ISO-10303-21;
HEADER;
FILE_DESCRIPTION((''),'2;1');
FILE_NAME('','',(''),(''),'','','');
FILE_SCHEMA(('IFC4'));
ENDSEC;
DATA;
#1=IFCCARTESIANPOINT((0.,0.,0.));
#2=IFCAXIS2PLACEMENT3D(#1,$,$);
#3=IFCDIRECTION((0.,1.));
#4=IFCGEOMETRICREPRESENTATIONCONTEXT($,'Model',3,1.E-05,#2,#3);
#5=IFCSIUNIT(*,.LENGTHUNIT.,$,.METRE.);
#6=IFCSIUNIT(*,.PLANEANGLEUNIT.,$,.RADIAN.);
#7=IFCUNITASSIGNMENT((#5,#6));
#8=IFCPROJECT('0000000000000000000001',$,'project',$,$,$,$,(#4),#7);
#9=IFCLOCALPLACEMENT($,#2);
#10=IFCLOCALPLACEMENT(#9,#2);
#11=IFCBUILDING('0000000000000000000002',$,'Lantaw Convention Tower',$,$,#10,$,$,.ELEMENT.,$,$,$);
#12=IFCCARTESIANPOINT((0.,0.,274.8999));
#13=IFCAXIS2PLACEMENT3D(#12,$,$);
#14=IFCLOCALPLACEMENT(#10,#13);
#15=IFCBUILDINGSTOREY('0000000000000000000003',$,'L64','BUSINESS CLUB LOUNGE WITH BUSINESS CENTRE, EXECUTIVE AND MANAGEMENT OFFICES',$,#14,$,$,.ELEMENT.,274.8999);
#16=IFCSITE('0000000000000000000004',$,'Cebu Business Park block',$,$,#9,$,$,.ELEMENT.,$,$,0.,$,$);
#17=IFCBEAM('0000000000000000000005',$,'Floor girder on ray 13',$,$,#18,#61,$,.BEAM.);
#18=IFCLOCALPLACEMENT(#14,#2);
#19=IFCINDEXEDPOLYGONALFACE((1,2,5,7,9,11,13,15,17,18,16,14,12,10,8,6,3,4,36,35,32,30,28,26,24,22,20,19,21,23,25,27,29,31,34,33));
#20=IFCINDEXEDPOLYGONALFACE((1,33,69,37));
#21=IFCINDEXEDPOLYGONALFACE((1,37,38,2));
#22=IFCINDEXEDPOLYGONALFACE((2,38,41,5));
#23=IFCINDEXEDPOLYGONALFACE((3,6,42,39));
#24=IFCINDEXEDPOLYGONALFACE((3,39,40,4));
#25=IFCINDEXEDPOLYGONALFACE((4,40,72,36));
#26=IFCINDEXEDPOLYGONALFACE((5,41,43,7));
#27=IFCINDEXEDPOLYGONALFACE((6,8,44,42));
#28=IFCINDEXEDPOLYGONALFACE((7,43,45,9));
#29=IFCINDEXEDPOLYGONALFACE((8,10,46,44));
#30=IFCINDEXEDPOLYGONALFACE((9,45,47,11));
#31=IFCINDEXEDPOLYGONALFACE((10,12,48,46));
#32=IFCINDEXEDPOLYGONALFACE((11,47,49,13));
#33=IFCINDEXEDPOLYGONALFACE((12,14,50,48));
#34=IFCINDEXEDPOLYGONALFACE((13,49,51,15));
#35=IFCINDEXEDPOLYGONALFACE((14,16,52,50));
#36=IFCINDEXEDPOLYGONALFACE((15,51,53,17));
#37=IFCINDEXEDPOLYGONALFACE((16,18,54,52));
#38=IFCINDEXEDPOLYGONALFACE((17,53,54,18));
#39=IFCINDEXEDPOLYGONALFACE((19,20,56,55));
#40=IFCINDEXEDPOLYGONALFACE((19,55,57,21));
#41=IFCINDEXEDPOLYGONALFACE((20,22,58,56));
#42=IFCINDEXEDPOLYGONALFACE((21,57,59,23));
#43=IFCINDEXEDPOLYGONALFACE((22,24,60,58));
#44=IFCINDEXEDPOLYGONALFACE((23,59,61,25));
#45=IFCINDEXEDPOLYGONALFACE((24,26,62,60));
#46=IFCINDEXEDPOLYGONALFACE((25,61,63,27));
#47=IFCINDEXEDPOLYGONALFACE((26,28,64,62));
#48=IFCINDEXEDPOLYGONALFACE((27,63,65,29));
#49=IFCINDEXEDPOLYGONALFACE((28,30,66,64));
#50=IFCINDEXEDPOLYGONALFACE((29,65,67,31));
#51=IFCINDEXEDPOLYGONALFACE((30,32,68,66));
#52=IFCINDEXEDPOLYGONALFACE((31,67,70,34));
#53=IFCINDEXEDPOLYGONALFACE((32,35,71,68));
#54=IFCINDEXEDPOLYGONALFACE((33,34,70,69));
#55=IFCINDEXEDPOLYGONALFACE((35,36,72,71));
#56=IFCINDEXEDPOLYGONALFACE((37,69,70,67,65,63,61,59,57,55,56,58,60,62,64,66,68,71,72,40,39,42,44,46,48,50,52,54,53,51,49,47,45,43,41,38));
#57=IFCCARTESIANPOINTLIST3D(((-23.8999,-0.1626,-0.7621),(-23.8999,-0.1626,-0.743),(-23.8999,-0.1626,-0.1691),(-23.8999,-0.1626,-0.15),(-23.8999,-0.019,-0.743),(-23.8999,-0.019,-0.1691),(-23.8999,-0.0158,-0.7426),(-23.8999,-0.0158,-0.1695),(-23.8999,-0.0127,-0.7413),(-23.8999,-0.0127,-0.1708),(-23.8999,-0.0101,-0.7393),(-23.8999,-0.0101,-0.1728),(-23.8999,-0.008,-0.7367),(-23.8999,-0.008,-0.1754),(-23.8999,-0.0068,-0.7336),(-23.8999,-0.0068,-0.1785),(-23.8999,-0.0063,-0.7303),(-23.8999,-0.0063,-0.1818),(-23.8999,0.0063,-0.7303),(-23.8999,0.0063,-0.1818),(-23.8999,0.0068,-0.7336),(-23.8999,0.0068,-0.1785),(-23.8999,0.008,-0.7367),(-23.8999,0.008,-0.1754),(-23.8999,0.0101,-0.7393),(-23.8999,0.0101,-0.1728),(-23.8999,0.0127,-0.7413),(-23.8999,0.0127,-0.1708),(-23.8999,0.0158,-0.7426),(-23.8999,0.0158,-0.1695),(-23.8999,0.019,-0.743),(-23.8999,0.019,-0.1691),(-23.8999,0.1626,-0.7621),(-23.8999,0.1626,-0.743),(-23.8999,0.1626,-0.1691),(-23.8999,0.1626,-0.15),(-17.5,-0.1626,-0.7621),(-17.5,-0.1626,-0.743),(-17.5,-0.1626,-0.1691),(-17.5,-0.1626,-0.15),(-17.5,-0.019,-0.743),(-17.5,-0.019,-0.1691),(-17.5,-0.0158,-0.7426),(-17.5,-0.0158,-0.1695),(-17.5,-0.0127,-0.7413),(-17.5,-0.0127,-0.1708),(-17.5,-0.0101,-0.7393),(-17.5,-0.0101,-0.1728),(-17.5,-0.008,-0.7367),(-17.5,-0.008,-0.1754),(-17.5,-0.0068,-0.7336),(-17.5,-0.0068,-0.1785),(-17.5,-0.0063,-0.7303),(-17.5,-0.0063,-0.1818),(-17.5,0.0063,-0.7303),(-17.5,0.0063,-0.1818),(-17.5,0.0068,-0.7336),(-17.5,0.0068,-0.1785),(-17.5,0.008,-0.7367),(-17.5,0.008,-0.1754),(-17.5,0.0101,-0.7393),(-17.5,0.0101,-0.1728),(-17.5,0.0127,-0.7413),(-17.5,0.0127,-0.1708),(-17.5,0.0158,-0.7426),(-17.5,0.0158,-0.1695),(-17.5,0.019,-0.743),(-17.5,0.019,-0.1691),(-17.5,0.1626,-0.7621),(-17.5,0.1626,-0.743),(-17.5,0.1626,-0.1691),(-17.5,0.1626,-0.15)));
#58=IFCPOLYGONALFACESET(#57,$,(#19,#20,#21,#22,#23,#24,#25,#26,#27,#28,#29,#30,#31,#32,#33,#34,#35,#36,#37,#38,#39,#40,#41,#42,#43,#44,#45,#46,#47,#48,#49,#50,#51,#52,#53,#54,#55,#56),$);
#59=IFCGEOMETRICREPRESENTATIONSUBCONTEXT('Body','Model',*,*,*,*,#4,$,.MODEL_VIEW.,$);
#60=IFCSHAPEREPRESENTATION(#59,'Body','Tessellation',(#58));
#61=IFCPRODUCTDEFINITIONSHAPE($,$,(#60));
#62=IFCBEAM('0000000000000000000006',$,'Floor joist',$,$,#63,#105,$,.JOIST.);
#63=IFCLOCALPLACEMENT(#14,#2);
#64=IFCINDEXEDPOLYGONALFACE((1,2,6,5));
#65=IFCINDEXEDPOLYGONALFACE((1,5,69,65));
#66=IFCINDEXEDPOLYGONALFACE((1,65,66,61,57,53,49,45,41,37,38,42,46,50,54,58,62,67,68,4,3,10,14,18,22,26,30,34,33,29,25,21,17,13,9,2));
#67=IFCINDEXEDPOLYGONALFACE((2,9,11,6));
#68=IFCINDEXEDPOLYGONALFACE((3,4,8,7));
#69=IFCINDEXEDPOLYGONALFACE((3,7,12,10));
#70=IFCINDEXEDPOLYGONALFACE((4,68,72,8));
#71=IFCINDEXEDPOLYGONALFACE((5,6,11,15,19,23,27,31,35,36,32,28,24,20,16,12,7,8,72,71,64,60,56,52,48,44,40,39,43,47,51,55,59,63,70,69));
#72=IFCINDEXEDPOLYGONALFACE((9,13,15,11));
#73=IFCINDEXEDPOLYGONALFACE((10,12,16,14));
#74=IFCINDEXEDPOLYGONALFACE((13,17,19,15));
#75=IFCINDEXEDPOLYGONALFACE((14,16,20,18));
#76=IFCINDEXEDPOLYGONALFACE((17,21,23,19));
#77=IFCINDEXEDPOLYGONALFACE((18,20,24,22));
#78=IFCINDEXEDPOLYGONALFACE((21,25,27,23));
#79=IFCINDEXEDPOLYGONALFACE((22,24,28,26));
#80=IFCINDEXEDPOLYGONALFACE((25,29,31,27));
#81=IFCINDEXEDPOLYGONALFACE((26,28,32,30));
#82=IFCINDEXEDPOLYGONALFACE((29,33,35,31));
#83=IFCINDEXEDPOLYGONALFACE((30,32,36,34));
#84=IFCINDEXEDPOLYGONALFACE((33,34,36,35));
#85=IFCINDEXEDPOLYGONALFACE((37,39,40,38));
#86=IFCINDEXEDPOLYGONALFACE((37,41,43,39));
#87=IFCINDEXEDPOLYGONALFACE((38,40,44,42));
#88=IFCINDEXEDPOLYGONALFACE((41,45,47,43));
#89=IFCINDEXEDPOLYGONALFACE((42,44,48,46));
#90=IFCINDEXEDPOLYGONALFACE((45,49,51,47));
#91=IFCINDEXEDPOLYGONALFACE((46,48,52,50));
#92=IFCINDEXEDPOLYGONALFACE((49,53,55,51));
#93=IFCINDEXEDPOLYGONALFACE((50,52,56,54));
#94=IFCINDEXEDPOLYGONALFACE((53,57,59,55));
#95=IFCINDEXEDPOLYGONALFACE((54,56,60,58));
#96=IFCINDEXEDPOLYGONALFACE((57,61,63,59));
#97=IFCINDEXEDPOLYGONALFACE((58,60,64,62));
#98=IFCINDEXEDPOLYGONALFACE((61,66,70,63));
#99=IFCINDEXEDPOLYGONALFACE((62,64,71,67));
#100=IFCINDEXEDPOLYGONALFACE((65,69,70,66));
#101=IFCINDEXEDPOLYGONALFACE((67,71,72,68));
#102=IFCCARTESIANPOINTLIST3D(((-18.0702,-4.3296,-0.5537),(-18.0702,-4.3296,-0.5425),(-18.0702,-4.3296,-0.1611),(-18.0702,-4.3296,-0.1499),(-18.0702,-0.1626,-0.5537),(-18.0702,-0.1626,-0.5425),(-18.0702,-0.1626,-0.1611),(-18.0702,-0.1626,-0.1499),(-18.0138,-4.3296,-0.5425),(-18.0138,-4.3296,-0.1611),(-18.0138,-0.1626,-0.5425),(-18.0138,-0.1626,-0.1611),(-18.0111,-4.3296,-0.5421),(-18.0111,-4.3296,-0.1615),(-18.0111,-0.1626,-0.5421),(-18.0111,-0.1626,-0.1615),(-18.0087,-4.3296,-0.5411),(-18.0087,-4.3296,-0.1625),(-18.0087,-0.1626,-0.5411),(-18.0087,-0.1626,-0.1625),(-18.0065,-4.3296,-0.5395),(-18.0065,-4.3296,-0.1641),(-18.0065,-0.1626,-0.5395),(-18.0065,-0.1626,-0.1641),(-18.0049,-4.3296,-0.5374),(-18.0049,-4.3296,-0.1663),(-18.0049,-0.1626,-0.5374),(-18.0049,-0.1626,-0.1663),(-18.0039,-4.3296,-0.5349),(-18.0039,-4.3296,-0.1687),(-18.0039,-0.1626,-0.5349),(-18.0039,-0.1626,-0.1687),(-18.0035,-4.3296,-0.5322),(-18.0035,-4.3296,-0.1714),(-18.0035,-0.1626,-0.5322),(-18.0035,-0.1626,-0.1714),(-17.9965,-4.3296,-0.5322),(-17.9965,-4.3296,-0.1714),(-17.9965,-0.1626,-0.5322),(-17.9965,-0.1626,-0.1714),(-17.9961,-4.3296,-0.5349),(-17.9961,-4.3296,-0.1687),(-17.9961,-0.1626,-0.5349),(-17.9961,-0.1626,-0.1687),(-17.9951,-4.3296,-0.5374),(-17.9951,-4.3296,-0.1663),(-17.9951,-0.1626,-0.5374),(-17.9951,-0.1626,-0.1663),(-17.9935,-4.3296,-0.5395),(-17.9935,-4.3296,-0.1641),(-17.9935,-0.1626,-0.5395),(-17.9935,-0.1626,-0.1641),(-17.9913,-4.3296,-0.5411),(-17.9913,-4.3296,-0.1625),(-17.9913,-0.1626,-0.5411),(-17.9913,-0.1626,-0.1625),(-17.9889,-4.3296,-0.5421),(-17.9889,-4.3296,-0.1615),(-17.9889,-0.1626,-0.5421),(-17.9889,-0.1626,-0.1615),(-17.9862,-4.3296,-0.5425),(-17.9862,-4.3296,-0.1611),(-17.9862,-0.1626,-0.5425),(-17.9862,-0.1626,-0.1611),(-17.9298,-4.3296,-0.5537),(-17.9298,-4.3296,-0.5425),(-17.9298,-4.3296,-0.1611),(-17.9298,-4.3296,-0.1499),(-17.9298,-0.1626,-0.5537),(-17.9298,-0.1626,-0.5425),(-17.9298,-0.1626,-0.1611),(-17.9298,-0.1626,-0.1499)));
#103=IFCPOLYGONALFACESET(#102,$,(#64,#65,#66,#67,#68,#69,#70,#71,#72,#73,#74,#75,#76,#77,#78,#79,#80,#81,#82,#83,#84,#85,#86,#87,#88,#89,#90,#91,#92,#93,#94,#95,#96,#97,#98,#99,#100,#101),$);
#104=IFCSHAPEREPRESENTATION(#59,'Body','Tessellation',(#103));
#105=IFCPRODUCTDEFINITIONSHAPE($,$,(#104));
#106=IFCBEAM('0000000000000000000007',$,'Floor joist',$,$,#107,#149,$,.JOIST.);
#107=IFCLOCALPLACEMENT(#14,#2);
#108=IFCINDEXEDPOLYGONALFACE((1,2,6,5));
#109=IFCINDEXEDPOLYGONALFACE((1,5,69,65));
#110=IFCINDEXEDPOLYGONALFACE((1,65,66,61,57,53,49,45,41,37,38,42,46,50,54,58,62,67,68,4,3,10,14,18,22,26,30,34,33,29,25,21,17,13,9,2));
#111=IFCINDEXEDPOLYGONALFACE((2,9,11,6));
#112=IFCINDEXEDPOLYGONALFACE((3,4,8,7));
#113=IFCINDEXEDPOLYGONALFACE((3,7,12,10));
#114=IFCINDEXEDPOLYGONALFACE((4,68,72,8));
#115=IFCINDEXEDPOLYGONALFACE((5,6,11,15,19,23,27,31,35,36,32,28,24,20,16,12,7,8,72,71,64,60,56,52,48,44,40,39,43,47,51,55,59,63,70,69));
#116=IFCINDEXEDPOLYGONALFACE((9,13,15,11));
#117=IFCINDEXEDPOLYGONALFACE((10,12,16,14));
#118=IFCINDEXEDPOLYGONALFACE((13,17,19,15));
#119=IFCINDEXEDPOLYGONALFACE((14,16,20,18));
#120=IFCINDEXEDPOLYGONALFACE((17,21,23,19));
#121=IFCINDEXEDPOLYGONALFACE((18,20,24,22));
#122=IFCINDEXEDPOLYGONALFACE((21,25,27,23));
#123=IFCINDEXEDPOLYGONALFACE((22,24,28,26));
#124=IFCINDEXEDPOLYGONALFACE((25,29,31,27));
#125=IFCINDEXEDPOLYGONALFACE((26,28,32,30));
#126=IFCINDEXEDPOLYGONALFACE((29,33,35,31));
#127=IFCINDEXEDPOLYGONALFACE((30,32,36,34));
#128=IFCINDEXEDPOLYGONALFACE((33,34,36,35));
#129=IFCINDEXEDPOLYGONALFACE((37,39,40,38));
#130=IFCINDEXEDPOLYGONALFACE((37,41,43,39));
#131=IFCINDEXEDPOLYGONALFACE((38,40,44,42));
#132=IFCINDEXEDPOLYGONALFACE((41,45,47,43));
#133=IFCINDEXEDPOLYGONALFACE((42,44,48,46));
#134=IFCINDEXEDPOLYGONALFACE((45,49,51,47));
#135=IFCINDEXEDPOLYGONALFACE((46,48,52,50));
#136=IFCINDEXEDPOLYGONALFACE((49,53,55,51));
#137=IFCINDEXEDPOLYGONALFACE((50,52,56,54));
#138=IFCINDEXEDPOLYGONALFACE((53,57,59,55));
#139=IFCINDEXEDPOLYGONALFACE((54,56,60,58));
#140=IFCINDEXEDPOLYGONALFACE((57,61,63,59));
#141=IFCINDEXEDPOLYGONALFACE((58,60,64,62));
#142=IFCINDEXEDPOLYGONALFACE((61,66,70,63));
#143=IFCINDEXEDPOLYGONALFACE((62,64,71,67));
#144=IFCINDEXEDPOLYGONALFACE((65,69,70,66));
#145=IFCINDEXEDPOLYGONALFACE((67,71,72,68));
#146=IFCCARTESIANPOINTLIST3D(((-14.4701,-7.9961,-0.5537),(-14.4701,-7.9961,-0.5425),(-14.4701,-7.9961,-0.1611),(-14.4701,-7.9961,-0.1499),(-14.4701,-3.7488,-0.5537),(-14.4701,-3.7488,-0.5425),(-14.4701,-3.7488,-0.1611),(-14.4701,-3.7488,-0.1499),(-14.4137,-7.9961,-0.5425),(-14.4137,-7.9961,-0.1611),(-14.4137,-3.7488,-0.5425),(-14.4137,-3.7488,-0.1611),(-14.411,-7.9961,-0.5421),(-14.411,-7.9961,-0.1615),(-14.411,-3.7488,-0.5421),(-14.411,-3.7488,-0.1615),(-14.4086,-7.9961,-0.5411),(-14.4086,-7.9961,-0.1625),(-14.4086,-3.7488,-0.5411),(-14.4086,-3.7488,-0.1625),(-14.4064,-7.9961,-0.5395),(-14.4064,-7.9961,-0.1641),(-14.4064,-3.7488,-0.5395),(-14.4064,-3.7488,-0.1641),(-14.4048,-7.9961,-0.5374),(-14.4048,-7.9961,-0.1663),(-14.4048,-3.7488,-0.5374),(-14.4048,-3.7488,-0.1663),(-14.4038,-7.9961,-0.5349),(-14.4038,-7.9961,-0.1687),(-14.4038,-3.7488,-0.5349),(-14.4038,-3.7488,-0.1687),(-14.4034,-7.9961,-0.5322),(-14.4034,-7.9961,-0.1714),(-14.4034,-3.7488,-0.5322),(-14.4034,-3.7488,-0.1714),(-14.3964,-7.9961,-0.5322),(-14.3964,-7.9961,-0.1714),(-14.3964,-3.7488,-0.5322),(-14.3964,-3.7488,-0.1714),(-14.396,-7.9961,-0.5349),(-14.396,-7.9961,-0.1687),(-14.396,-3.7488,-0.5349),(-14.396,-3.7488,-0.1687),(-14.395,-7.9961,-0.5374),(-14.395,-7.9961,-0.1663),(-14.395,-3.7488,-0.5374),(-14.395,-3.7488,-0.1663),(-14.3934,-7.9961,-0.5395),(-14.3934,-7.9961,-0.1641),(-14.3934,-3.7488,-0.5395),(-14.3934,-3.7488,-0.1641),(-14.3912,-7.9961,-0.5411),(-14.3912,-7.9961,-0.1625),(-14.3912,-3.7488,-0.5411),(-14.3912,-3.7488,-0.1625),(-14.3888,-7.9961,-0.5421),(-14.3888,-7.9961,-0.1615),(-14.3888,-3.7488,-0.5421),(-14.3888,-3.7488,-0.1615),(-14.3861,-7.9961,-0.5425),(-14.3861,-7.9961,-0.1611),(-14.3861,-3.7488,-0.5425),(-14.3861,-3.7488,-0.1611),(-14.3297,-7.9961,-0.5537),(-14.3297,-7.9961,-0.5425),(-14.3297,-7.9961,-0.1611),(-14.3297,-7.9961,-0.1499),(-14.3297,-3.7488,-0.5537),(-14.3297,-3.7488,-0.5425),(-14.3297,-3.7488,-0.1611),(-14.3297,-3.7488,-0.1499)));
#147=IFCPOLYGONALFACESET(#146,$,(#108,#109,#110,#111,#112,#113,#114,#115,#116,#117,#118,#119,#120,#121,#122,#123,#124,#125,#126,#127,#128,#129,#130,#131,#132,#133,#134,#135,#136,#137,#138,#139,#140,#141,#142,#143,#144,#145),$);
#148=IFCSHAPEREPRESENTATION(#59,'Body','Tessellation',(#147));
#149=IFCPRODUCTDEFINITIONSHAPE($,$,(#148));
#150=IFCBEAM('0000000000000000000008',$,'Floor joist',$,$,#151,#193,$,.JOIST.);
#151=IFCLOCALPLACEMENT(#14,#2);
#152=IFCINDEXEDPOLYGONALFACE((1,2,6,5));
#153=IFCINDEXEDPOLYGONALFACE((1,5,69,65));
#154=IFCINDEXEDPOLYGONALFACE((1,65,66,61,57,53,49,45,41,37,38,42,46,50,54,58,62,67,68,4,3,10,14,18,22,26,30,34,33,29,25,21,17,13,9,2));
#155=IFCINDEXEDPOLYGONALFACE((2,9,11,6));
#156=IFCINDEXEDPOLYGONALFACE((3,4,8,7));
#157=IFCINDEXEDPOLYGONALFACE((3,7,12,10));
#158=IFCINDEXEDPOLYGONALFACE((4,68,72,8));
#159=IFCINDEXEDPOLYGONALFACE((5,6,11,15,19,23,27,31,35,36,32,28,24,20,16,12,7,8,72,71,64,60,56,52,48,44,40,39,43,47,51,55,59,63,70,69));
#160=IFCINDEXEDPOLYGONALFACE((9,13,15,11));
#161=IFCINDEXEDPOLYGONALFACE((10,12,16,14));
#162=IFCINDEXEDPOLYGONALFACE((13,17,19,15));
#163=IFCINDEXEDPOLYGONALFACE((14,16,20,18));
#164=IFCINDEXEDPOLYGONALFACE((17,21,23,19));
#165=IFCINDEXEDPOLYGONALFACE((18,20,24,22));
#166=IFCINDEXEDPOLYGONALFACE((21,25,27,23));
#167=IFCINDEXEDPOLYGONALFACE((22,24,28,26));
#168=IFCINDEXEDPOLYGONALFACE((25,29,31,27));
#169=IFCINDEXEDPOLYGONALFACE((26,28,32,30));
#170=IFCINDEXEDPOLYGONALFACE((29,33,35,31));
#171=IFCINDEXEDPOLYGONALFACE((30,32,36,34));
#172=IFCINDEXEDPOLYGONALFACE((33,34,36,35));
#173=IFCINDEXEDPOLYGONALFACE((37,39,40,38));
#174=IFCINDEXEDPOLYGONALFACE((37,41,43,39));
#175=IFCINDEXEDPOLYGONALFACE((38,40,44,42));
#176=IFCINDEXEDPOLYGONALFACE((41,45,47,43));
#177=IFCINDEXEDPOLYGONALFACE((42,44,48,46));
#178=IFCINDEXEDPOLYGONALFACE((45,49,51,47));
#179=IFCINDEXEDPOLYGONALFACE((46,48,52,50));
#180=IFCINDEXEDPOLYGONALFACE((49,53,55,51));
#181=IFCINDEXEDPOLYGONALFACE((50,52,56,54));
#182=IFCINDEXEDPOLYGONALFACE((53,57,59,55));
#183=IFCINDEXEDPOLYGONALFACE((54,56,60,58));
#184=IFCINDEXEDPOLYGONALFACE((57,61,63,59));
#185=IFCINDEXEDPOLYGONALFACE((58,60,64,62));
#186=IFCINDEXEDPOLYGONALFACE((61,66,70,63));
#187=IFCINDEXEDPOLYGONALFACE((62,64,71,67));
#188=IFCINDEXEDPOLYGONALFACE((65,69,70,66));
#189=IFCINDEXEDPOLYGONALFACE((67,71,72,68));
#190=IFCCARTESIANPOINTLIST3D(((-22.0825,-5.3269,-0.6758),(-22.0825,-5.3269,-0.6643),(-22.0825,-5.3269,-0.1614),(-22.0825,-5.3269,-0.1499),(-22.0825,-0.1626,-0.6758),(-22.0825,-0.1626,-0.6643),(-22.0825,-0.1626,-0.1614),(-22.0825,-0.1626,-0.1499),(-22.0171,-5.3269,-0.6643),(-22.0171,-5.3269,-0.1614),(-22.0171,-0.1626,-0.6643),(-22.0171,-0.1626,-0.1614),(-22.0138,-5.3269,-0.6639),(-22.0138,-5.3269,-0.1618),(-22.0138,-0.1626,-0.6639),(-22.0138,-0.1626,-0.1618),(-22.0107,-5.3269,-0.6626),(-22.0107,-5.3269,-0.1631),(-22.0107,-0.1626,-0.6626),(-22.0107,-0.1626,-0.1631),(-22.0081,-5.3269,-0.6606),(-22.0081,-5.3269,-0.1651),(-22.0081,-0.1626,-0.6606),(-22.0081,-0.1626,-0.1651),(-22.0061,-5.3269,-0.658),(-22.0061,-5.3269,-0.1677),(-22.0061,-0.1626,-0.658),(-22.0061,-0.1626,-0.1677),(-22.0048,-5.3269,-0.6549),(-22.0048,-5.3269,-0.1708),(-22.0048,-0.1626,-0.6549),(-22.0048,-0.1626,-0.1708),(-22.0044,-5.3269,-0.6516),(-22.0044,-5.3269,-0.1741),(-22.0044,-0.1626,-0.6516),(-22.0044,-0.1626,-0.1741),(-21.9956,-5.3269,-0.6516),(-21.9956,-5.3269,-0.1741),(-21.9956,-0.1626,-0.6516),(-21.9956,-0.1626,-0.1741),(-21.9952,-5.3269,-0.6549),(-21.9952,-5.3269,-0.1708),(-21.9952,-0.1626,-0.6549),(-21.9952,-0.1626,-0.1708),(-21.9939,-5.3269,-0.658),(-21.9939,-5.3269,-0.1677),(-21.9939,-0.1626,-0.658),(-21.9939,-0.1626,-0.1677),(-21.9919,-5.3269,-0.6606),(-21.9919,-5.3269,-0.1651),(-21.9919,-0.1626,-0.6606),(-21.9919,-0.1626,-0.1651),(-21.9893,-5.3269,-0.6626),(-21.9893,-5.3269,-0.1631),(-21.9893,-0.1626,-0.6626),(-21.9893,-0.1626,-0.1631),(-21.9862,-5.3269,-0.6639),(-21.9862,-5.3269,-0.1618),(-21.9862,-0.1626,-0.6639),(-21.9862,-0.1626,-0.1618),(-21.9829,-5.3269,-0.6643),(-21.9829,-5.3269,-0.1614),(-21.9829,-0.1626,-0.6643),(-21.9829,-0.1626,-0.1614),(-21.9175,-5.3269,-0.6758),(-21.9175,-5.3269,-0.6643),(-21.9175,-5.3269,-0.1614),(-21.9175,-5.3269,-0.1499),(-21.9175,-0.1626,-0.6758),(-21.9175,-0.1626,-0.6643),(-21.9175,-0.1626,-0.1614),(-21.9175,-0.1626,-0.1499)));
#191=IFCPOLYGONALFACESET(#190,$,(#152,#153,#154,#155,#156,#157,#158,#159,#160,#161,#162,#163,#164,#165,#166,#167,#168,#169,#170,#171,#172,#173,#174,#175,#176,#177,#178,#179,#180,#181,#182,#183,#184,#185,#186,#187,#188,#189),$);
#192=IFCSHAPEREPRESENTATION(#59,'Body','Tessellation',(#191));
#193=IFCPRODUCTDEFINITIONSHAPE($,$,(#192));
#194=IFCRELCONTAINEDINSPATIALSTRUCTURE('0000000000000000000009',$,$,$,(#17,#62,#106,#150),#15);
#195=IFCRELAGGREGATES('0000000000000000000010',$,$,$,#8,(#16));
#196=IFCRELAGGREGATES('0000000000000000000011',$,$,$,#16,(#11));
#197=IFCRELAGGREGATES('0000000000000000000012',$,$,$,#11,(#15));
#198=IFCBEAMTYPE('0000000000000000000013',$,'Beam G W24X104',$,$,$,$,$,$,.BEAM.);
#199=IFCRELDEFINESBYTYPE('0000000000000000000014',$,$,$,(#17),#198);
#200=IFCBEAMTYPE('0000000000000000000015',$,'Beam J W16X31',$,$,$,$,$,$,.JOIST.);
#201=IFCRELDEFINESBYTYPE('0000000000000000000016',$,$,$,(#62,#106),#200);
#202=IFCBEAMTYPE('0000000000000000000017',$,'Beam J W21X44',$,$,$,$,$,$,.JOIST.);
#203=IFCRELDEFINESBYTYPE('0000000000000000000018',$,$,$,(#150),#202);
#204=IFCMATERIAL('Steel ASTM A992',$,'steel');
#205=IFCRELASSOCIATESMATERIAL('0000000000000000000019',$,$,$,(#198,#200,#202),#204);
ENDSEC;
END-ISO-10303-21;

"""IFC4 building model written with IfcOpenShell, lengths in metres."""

from ifc_helpers import new_model, si_unit, direction, frame, origin, origin_2d, place, context, subcontext, project, spatial, i_section, extrude, material, material_profile, profile_set, type_object, element, save


model = new_model("IFC4")

# Units and contexts
model_context = context("Model", 3, precision=1e-05, world=origin(), true_north=direction((0.0, 1.0)))
body_context = subcontext(model_context, "Body", "Model", "MODEL_VIEW")
ifc_project = project(units=[si_unit("LENGTHUNIT", "METRE"), si_unit("PLANEANGLEUNIT", "RADIAN")], contexts=[model_context])

# Site, building, storey
site_placement = place(None, origin())
site = spatial("IfcSite", under=ifc_project, at=site_placement, Name="Cebu Business Park block", CompositionType="ELEMENT", RefElevation=0.0)
building_placement = place(site_placement, origin())
building = spatial("IfcBuilding", under=site, at=building_placement, Name="Lantaw Convention Tower", CompositionType="ELEMENT")
storey_placement = place(building_placement, frame((0.0, 0.0, 274.8999)))
storey = spatial("IfcBuildingStorey", under=building, at=storey_placement, Name="L64", Description="BUSINESS CLUB LOUNGE WITH BUSINESS CENTRE, EXECUTIVE AND MANAGEMENT OFFICES", CompositionType="ELEMENT", Elevation=274.8999)

# Beams
ifc_material_1 = material(Name="Steel ASTM A992", Category="steel")
ifc_material_profile_1 = material_profile(ifc_material_1, i_section(OverallWidth=0.3252, OverallDepth=0.6121, WebThickness=0.0127, FlangeThickness=0.019, FilletRadius=0.0127, at=origin_2d()), Name="W24X104")
ifc_profile_set_1 = profile_set([ifc_material_profile_1], Name="Steel ASTM A992")
beam_type_1 = type_object("IfcBeamType", Name="Beam G W24X104", PredefinedType="BEAM", material=ifc_profile_set_1)
beam_1_placement = place(storey_placement, frame((-17.5, 0.0, -0.4561), z_axis=(-1.0, 0.0, 0.0), x_axis=(0.0, -1.0, 0.0)))
element("IfcBeam", 1, at=beam_1_placement, inside=storey, type_object=beam_type_1, Name="Floor girder on ray 13", PredefinedType="BEAM", context=body_context, shape_type="SweptSolid", body=[
    extrude(i_section(OverallWidth=0.3252, OverallDepth=0.6121, WebThickness=0.0127, FlangeThickness=0.019, FilletRadius=0.0127, at=origin_2d()), origin(), (0.0, 0.0, 1.0), 6.3999),
])
ifc_material_profile_2 = material_profile(ifc_material_1, i_section(OverallWidth=0.1404, OverallDepth=0.4038, WebThickness=0.0071, FlangeThickness=0.0112, FilletRadius=0.0103, at=origin_2d()), Name="W16X31")
ifc_profile_set_2 = profile_set([ifc_material_profile_2], Name="Steel ASTM A992")
beam_type_2 = type_object("IfcBeamType", Name="Beam J W16X31", PredefinedType="JOIST", material=ifc_profile_set_2)
beam_2_placement = place(storey_placement, frame((-18.0, -4.3296, -0.3518), z_axis=(0.0, 1.0, 0.0), x_axis=(-1.0, 0.0, 0.0)))
element("IfcBeam", 2, at=beam_2_placement, inside=storey, type_object=beam_type_2, Name="Floor joist", PredefinedType="JOIST", context=body_context, shape_type="SweptSolid", body=[
    extrude(i_section(OverallWidth=0.1404, OverallDepth=0.4038, WebThickness=0.0071, FlangeThickness=0.0112, FilletRadius=0.0103, at=origin_2d()), origin(), (0.0, 0.0, 1.0), 4.167),
])
beam_3_placement = place(storey_placement, frame((-14.3999, -7.9961, -0.3518), z_axis=(0.0, 1.0, 0.0), x_axis=(-1.0, 0.0, 0.0)))
element("IfcBeam", 3, at=beam_3_placement, inside=storey, type_object=beam_type_2, Name="Floor joist", PredefinedType="JOIST", context=body_context, shape_type="SweptSolid", body=[
    extrude(i_section(OverallWidth=0.1404, OverallDepth=0.4038, WebThickness=0.0071, FlangeThickness=0.0112, FilletRadius=0.0103, at=origin_2d()), origin(), (0.0, 0.0, 1.0), 4.2473),
])
ifc_material_profile_3 = material_profile(ifc_material_1, i_section(OverallWidth=0.165, OverallDepth=0.5259, WebThickness=0.0088, FlangeThickness=0.0115, FilletRadius=0.0127, at=origin_2d()), Name="W21X44")
ifc_profile_set_3 = profile_set([ifc_material_profile_3], Name="Steel ASTM A992")
beam_type_3 = type_object("IfcBeamType", Name="Beam J W21X44", PredefinedType="JOIST", material=ifc_profile_set_3)
beam_4_placement = place(storey_placement, frame((-22.0, -5.3269, -0.4128), z_axis=(0.0, 1.0, 0.0), x_axis=(-1.0, 0.0, 0.0)))
element("IfcBeam", 4, at=beam_4_placement, inside=storey, type_object=beam_type_3, Name="Floor joist", PredefinedType="JOIST", context=body_context, shape_type="SweptSolid", body=[
    extrude(i_section(OverallWidth=0.165, OverallDepth=0.5259, WebThickness=0.0088, FlangeThickness=0.0115, FilletRadius=0.0127, at=origin_2d()), origin(), (0.0, 0.0, 1.0), 5.1643),
])

save(model, "model.ifc")
